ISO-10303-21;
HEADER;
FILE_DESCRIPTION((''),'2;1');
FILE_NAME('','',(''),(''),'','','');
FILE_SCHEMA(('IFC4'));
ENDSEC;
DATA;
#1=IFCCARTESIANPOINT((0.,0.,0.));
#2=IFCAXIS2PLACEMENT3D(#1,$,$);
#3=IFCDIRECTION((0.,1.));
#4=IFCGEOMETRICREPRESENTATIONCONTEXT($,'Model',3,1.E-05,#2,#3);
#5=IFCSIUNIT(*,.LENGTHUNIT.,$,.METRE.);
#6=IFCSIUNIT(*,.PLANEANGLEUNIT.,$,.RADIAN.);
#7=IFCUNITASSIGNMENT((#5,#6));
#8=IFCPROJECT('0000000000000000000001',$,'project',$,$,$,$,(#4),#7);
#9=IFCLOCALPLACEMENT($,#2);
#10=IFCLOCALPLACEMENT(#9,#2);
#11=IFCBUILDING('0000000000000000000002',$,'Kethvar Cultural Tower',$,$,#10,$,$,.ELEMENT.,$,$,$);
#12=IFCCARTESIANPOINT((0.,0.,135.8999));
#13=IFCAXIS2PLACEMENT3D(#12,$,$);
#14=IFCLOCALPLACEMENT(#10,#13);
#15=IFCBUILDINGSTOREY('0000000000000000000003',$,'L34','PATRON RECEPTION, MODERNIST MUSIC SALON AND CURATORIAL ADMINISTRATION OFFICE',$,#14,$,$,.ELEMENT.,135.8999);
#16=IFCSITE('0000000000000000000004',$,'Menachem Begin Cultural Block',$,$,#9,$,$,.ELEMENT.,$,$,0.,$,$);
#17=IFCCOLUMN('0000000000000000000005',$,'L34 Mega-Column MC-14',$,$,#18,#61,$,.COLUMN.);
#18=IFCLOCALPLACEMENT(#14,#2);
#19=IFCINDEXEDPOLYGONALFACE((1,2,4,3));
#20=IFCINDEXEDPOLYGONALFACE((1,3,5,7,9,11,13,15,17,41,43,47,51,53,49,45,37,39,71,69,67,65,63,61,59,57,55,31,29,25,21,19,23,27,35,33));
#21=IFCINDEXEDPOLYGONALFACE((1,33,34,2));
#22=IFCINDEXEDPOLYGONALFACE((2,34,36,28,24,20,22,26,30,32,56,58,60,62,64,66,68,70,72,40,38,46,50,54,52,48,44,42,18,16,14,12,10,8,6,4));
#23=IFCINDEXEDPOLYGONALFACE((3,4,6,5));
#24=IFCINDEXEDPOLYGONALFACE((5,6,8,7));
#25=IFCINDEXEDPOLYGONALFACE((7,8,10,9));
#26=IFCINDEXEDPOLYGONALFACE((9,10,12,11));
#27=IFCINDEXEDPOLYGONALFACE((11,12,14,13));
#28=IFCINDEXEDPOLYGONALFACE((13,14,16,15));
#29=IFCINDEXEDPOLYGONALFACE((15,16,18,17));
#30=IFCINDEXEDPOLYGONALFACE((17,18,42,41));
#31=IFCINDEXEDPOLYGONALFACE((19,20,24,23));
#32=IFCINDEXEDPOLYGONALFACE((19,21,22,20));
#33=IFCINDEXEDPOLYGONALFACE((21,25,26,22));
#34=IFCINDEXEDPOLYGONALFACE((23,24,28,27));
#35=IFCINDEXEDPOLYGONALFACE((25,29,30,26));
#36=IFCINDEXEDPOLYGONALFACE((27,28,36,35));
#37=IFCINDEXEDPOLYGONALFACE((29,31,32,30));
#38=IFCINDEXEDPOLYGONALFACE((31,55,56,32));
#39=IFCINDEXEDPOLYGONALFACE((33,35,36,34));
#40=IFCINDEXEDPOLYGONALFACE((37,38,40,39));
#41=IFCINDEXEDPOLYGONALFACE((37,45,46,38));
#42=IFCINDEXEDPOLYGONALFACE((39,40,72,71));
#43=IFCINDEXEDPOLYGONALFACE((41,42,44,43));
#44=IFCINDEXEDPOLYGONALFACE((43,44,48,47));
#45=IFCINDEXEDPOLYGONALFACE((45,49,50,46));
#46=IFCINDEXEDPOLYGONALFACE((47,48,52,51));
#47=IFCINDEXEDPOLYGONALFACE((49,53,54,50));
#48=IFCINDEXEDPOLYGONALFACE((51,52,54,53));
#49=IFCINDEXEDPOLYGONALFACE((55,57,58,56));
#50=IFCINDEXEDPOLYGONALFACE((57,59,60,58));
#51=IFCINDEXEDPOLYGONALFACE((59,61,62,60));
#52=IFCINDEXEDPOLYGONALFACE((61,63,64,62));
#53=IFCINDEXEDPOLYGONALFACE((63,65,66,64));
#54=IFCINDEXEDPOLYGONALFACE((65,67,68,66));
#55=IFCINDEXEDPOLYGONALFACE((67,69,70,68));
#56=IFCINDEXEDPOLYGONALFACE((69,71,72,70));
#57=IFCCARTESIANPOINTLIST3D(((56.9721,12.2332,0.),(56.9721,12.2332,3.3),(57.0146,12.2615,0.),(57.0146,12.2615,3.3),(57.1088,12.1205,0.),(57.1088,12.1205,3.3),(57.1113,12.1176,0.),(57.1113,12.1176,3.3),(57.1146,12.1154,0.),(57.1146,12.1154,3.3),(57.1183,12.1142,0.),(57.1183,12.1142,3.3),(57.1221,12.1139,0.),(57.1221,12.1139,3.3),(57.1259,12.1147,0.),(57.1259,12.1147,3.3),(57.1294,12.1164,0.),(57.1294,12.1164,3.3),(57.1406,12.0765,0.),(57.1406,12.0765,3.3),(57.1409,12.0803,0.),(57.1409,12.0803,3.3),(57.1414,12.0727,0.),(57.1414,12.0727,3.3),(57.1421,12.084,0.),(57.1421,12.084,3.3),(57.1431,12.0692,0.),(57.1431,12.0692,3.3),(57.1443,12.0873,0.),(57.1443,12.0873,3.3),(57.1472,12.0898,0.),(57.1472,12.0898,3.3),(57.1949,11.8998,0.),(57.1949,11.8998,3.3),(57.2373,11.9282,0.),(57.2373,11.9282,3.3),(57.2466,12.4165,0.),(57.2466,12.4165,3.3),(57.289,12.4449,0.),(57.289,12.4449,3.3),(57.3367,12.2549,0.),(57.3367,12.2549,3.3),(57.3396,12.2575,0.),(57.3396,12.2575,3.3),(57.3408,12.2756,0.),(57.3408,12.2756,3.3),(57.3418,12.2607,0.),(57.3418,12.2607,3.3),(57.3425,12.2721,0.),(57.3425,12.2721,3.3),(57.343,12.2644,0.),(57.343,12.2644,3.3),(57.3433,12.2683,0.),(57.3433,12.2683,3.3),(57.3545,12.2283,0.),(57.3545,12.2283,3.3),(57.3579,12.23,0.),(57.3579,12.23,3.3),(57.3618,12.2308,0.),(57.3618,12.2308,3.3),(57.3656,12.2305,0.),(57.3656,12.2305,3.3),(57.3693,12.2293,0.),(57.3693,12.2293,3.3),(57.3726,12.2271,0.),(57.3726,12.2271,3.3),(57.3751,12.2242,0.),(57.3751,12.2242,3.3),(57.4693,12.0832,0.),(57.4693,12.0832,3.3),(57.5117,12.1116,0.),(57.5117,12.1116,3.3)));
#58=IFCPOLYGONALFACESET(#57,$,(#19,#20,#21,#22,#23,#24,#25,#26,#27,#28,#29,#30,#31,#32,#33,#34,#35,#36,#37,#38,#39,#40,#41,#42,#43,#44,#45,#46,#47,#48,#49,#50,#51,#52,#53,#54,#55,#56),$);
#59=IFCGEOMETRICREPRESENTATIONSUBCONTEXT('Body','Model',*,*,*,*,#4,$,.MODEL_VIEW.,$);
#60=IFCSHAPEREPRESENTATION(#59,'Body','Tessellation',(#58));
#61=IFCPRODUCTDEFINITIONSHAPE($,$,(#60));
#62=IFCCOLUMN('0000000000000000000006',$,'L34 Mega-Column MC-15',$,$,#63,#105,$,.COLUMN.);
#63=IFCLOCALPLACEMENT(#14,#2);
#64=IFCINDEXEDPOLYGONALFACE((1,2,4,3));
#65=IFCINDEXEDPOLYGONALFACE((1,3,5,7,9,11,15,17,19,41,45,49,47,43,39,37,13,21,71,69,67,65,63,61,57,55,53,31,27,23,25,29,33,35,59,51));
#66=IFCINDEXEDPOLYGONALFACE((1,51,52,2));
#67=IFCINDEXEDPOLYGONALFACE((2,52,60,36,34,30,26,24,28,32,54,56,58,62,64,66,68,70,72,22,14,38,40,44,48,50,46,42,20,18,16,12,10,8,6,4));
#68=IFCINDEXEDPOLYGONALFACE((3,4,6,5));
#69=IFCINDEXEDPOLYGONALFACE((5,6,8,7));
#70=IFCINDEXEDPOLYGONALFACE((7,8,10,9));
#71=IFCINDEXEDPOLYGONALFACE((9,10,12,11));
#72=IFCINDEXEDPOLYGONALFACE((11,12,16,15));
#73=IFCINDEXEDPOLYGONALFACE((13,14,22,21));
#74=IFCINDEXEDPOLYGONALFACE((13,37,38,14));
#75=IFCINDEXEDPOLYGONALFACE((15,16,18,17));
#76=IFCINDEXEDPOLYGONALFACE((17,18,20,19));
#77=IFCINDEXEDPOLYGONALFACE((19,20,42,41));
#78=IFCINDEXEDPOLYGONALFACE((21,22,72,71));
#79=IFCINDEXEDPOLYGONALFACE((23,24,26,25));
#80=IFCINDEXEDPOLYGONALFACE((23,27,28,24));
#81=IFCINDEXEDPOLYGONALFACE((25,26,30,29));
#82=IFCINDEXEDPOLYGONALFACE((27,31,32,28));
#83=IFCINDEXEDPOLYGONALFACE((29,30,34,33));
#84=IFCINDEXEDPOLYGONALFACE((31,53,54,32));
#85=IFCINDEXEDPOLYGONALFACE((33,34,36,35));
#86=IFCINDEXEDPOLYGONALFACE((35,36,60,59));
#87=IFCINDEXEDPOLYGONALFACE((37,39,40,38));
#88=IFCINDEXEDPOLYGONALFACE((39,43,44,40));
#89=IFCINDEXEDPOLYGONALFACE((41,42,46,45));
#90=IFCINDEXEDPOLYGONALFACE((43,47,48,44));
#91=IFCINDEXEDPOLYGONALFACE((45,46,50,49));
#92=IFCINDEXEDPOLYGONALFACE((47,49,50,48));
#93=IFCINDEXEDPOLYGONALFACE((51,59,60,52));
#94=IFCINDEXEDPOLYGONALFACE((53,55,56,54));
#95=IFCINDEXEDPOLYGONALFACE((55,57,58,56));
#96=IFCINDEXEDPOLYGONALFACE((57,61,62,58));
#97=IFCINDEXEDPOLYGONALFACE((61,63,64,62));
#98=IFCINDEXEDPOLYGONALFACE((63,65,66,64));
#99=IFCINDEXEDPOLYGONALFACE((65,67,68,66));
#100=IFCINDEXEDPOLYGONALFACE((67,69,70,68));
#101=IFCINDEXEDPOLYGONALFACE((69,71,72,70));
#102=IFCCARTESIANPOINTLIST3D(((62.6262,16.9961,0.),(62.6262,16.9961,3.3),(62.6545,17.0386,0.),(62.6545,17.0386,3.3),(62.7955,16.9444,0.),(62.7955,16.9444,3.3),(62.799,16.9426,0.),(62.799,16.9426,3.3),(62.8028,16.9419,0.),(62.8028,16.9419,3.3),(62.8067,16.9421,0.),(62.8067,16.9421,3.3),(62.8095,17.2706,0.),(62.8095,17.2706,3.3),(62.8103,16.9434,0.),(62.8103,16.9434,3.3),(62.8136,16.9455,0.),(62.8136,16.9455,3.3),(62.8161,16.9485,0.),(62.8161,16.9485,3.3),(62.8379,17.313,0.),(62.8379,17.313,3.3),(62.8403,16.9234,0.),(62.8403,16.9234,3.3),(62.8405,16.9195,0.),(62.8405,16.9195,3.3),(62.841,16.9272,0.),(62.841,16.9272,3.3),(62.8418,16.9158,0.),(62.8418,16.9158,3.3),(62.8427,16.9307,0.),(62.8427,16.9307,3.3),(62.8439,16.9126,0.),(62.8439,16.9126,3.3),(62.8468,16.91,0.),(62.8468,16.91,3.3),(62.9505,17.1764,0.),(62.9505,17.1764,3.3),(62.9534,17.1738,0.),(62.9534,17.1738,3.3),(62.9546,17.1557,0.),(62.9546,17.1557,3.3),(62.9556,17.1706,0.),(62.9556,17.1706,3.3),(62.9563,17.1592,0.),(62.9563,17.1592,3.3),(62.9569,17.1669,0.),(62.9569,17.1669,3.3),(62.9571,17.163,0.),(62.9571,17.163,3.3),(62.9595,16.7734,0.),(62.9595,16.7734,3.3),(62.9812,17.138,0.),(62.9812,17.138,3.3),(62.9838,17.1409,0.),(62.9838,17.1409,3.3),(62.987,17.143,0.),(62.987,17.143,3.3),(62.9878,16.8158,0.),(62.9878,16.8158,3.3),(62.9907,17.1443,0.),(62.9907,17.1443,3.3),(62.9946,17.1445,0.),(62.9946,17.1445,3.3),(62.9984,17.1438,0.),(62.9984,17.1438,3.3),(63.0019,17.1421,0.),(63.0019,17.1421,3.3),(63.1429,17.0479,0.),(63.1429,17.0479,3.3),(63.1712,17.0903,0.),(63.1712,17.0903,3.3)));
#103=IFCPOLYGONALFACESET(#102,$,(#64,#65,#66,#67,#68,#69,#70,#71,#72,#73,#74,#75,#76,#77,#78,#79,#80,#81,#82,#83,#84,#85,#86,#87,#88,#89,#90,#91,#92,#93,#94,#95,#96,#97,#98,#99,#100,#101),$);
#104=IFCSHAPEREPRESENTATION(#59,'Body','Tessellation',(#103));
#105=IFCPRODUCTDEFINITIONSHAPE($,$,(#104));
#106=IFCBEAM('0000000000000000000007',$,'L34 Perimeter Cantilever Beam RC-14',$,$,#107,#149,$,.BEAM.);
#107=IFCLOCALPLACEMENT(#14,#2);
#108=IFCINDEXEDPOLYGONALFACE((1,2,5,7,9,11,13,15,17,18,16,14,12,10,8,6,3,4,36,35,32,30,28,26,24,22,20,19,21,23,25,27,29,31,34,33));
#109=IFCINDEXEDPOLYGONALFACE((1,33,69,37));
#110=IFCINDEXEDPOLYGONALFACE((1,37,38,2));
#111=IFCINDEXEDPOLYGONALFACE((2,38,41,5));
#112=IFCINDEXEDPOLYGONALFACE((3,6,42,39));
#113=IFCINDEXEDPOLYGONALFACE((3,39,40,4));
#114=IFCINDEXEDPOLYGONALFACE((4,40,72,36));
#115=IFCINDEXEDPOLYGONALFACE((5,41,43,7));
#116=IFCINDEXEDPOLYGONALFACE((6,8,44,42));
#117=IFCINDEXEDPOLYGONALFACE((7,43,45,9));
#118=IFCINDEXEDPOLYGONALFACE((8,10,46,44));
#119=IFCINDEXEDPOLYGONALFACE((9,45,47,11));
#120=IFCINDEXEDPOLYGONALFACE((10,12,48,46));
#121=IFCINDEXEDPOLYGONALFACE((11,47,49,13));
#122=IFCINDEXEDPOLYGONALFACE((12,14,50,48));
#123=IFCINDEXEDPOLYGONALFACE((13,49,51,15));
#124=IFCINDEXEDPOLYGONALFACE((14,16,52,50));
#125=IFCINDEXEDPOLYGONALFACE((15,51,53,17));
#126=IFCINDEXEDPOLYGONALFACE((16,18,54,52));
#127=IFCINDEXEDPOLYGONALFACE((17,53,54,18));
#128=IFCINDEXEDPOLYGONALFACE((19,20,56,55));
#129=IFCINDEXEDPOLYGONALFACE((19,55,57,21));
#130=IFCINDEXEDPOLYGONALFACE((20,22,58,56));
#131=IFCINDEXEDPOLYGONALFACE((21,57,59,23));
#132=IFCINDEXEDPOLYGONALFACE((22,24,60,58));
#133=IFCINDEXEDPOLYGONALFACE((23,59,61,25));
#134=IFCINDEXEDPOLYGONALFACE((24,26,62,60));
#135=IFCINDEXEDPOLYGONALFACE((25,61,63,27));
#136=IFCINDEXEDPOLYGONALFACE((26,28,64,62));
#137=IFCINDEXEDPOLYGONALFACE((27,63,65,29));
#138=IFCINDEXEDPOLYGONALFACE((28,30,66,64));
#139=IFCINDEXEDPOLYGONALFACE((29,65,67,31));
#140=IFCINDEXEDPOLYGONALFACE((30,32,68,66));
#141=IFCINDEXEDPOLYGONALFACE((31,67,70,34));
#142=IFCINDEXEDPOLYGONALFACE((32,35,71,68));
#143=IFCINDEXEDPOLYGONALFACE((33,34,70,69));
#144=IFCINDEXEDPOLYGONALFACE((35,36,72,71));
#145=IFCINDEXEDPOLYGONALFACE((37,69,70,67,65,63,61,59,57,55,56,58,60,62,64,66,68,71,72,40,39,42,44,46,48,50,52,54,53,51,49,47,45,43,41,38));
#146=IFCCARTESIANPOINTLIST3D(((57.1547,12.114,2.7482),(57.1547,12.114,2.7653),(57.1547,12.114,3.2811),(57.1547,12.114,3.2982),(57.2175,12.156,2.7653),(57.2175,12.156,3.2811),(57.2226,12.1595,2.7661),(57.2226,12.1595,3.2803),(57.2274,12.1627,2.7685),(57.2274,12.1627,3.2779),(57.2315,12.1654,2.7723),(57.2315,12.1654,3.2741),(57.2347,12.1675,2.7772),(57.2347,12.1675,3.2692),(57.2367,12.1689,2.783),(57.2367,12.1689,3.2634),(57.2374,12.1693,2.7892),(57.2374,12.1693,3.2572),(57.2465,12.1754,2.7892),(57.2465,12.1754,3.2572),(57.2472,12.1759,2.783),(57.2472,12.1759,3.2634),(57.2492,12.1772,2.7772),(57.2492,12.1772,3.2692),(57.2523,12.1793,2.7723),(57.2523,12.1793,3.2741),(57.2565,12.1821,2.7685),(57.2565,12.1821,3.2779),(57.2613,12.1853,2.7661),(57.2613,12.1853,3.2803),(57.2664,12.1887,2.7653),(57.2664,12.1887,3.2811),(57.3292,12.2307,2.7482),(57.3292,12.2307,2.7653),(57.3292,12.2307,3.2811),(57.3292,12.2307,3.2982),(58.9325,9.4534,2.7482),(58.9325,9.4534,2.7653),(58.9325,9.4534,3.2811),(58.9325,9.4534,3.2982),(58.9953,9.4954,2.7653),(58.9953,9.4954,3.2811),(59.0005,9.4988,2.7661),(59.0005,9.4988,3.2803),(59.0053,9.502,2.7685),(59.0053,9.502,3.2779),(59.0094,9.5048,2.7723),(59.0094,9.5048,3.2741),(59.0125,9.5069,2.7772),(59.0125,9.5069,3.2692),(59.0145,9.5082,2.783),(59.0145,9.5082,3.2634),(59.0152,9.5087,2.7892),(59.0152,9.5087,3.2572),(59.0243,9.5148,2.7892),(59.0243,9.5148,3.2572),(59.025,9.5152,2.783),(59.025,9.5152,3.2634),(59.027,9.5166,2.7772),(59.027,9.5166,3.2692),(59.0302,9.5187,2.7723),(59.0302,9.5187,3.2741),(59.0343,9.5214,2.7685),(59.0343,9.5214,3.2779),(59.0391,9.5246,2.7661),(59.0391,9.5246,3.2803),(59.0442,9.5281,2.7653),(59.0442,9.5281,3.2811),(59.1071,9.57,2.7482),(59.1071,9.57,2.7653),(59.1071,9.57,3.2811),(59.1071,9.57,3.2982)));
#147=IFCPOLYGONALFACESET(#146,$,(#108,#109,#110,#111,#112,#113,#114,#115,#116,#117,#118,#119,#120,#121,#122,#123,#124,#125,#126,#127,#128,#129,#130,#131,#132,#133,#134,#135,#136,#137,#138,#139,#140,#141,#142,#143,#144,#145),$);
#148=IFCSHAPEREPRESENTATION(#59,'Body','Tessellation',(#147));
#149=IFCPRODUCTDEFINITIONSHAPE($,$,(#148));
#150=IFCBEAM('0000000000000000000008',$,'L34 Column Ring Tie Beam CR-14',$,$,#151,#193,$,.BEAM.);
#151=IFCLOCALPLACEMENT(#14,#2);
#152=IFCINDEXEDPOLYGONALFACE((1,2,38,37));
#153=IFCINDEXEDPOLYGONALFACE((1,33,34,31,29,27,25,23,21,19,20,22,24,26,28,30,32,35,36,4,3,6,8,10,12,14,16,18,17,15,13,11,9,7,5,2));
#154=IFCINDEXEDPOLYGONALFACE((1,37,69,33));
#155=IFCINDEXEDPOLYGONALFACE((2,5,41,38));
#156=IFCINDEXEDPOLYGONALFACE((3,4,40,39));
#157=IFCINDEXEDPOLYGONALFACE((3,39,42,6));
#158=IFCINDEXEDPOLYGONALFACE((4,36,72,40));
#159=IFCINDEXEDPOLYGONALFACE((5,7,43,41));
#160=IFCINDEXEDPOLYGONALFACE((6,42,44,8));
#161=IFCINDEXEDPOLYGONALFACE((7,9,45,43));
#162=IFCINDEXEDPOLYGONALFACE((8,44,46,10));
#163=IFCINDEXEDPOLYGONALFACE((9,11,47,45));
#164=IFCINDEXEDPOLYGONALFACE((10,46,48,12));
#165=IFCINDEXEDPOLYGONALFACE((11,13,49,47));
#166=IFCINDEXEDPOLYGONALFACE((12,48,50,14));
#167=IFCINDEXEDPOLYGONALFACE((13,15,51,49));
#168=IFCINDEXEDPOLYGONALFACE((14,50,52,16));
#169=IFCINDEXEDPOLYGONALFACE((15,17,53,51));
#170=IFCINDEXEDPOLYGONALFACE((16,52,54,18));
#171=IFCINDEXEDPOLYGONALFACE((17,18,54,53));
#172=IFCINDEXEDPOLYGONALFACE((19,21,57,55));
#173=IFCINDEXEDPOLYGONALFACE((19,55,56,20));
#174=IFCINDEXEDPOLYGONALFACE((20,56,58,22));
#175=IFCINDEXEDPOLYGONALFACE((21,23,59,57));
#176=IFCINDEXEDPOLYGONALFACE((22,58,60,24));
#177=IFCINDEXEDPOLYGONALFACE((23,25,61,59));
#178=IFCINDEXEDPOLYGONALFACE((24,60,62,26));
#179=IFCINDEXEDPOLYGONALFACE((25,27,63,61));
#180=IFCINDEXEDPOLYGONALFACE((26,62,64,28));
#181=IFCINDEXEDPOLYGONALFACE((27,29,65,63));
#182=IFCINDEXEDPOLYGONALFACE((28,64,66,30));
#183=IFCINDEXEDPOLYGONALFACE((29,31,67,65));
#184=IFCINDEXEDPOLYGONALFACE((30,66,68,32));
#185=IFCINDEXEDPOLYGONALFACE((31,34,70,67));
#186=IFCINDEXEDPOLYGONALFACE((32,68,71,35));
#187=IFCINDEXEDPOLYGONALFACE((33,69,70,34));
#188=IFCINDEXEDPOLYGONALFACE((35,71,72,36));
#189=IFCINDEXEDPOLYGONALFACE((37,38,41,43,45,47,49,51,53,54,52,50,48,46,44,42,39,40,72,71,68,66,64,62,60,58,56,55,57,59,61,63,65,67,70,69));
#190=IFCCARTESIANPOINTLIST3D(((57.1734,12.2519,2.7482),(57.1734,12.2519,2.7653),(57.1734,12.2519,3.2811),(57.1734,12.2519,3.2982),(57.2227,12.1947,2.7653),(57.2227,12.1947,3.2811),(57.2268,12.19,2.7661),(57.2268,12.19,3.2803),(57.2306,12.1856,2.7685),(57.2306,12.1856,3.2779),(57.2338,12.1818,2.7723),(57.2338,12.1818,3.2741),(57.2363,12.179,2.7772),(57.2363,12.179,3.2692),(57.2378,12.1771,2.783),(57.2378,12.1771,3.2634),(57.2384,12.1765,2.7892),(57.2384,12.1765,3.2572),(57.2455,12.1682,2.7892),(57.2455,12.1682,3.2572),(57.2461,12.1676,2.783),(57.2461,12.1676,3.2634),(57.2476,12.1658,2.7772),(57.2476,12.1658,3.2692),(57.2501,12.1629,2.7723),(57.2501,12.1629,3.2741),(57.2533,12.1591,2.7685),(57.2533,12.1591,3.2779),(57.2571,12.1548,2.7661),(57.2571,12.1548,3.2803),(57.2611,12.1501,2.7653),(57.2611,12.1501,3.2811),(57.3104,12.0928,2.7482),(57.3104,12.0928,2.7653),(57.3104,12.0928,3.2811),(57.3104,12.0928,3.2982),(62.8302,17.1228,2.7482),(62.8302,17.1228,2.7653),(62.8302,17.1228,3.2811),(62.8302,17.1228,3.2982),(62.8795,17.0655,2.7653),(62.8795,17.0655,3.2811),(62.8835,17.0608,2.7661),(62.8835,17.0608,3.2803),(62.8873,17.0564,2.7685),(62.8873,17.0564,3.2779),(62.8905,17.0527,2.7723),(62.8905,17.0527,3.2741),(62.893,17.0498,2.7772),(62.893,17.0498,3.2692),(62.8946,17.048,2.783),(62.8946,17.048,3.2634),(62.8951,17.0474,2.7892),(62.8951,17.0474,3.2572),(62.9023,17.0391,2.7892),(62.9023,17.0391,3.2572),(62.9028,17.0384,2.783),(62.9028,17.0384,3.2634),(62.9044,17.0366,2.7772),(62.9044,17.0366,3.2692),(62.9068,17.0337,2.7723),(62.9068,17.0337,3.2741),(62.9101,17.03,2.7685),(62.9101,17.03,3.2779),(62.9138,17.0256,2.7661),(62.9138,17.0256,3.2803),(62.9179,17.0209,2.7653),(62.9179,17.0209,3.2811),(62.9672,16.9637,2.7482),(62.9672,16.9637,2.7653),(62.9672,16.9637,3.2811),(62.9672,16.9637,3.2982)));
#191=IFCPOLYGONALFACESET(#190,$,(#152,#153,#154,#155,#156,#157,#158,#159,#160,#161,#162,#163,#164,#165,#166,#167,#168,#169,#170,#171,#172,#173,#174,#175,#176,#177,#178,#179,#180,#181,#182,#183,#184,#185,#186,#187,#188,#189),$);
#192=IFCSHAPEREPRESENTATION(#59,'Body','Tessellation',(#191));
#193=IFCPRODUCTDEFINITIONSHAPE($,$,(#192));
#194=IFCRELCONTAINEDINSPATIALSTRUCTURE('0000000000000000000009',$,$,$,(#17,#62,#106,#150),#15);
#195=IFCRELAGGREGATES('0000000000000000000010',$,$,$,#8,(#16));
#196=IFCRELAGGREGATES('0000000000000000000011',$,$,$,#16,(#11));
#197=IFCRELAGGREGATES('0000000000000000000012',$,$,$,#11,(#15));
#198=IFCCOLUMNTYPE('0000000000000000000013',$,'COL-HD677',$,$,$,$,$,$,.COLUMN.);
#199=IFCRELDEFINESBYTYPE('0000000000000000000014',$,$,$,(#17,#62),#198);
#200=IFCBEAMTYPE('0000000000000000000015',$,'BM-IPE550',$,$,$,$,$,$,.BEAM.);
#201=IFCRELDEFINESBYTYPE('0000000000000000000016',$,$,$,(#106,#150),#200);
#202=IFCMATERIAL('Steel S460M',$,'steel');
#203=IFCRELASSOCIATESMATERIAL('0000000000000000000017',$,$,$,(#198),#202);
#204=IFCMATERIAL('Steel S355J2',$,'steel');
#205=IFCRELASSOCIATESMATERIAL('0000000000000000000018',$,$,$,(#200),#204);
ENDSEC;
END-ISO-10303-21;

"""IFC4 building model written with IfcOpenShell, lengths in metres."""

from ifc_helpers import new_model, si_unit, direction, frame, origin, origin_2d, place, context, subcontext, project, spatial, i_section, extrude, source, transform, mapped, material, material_profile, profile_set, type_object, element, save


model = new_model("IFC4")

# Units and contexts
model_context = context("Model", 3, precision=1e-05, world=origin(), true_north=direction((0.0, 1.0)))
body_context = subcontext(model_context, "Body", "Model", "MODEL_VIEW")
ifc_project = project(units=[si_unit("LENGTHUNIT", "METRE"), si_unit("PLANEANGLEUNIT", "RADIAN")], contexts=[model_context])

# Site, building, storey
site_placement = place(None, origin())
site = spatial("IfcSite", under=ifc_project, at=site_placement, Name="Menachem Begin Cultural Block", CompositionType="ELEMENT", RefElevation=0.0)
building_placement = place(site_placement, origin())
building = spatial("IfcBuilding", under=site, at=building_placement, Name="Kethvar Cultural Tower", CompositionType="ELEMENT")
storey_placement = place(building_placement, frame((0.0, 0.0, 135.8999)))
storey = spatial("IfcBuildingStorey", under=building, at=storey_placement, Name="L34", Description="PATRON RECEPTION, MODERNIST MUSIC SALON AND CURATORIAL ADMINISTRATION OFFICE", CompositionType="ELEMENT", Elevation=135.8999)

# Columns
ifc_material_1 = material(Name="Steel S460M", Category="steel")
ifc_material_profile_1 = material_profile(ifc_material_1, i_section(OverallWidth=0.4009, OverallDepth=0.3811, WebThickness=0.032, FlangeThickness=0.051, FilletRadius=0.0149, at=origin_2d()), Name="Steel S460M — HD400x677")
ifc_profile_set_1 = profile_set([ifc_material_profile_1], Name="Steel S460M — HD400x677")
column_type = type_object("IfcColumnType", Name="COL-HD677", PredefinedType="COLUMN", material=ifc_profile_set_1)
shared_shape_1 = source(origin(), body_context, "Body", "SweptSolid", [
    extrude(i_section(OverallWidth=0.4009, OverallDepth=0.3811, WebThickness=0.032, FlangeThickness=0.051, FilletRadius=0.0149, at=origin_2d()), origin(), (0.0, 0.0, 1.0), 3.3),
])
for number, where, z_axis, x_axis, name in (
    (1, (57.2419, 12.1724, 0.0), (0.0, 0.0, 1.0), (0.55557, -0.83147, 0.0), "L34 Mega-Column MC-14"),
    (2, (62.8987, 17.0432, 0.0), (0.0, 0.0, 1.0), (0.83147, -0.55557, 0.0), "L34 Mega-Column MC-15"),
):
    element("IfcColumn", number, at=place(storey_placement, frame(where, z_axis=z_axis, x_axis=x_axis)), inside=storey, type_object=column_type, Name=name, PredefinedType="COLUMN", context=body_context, shape_type="MappedRepresentation", body=[
        mapped(shared_shape_1, transform((0.0, 0.0, 0.0), scale=1.0)),
    ])

# Beams
ifc_material_2 = material(Name="Steel S355J2", Category="steel")
ifc_material_profile_2 = material_profile(ifc_material_2, i_section(OverallWidth=0.21, OverallDepth=0.55, WebThickness=0.011, FlangeThickness=0.0171, FilletRadius=0.0239, at=origin_2d()), Name="Steel S355J2 — IPE550")
ifc_profile_set_2 = profile_set([ifc_material_profile_2], Name="Steel S355J2 — IPE550")
beam_type_1 = type_object("IfcBeamType", Name="BM-IPE550", PredefinedType="BEAM", material=ifc_profile_set_2)
shared_shape_2 = source(origin(), body_context, "Body", "SweptSolid", [
    extrude(i_section(OverallWidth=0.21, OverallDepth=0.55, WebThickness=0.011, FlangeThickness=0.0171, FilletRadius=0.0239, at=origin_2d()), origin(), (0.0, 0.0, 1.0), 3.2),
])
beam_1_placement = place(storey_placement, frame((57.2419, 12.1724, 3.0232), z_axis=(0.55558, -0.831463, 0.0), x_axis=(0.831463, 0.55558, 0.0)))
element("IfcBeam", 3, at=beam_1_placement, inside=storey, type_object=beam_type_1, Name="L34 Perimeter Cantilever Beam RC-14", PredefinedType="BEAM", context=body_context, shape_type="MappedRepresentation", body=[
    mapped(shared_shape_2, transform((0.0, 0.0, 0.0), scale=1.0)),
])
shared_shape_3 = source(origin(), body_context, "Body", "SweptSolid", [
    extrude(i_section(OverallWidth=0.21, OverallDepth=0.55, WebThickness=0.011, FlangeThickness=0.0171, FilletRadius=0.0239, at=origin_2d()), origin(), (0.0, 0.0, 1.0), 7.4648),
])
beam_2_placement = place(storey_placement, frame((57.2419, 12.1724, 3.0232), z_axis=(0.757784, 0.652505, 0.0), x_axis=(-0.652505, 0.757784, 0.0)))
element("IfcBeam", 4, at=beam_2_placement, inside=storey, type_object=beam_type_1, Name="L34 Column Ring Tie Beam CR-14", PredefinedType="BEAM", context=body_context, shape_type="MappedRepresentation", body=[
    mapped(shared_shape_3, transform((0.0, 0.0, 0.0), scale=1.0)),
])

save(model, "model.ifc")
